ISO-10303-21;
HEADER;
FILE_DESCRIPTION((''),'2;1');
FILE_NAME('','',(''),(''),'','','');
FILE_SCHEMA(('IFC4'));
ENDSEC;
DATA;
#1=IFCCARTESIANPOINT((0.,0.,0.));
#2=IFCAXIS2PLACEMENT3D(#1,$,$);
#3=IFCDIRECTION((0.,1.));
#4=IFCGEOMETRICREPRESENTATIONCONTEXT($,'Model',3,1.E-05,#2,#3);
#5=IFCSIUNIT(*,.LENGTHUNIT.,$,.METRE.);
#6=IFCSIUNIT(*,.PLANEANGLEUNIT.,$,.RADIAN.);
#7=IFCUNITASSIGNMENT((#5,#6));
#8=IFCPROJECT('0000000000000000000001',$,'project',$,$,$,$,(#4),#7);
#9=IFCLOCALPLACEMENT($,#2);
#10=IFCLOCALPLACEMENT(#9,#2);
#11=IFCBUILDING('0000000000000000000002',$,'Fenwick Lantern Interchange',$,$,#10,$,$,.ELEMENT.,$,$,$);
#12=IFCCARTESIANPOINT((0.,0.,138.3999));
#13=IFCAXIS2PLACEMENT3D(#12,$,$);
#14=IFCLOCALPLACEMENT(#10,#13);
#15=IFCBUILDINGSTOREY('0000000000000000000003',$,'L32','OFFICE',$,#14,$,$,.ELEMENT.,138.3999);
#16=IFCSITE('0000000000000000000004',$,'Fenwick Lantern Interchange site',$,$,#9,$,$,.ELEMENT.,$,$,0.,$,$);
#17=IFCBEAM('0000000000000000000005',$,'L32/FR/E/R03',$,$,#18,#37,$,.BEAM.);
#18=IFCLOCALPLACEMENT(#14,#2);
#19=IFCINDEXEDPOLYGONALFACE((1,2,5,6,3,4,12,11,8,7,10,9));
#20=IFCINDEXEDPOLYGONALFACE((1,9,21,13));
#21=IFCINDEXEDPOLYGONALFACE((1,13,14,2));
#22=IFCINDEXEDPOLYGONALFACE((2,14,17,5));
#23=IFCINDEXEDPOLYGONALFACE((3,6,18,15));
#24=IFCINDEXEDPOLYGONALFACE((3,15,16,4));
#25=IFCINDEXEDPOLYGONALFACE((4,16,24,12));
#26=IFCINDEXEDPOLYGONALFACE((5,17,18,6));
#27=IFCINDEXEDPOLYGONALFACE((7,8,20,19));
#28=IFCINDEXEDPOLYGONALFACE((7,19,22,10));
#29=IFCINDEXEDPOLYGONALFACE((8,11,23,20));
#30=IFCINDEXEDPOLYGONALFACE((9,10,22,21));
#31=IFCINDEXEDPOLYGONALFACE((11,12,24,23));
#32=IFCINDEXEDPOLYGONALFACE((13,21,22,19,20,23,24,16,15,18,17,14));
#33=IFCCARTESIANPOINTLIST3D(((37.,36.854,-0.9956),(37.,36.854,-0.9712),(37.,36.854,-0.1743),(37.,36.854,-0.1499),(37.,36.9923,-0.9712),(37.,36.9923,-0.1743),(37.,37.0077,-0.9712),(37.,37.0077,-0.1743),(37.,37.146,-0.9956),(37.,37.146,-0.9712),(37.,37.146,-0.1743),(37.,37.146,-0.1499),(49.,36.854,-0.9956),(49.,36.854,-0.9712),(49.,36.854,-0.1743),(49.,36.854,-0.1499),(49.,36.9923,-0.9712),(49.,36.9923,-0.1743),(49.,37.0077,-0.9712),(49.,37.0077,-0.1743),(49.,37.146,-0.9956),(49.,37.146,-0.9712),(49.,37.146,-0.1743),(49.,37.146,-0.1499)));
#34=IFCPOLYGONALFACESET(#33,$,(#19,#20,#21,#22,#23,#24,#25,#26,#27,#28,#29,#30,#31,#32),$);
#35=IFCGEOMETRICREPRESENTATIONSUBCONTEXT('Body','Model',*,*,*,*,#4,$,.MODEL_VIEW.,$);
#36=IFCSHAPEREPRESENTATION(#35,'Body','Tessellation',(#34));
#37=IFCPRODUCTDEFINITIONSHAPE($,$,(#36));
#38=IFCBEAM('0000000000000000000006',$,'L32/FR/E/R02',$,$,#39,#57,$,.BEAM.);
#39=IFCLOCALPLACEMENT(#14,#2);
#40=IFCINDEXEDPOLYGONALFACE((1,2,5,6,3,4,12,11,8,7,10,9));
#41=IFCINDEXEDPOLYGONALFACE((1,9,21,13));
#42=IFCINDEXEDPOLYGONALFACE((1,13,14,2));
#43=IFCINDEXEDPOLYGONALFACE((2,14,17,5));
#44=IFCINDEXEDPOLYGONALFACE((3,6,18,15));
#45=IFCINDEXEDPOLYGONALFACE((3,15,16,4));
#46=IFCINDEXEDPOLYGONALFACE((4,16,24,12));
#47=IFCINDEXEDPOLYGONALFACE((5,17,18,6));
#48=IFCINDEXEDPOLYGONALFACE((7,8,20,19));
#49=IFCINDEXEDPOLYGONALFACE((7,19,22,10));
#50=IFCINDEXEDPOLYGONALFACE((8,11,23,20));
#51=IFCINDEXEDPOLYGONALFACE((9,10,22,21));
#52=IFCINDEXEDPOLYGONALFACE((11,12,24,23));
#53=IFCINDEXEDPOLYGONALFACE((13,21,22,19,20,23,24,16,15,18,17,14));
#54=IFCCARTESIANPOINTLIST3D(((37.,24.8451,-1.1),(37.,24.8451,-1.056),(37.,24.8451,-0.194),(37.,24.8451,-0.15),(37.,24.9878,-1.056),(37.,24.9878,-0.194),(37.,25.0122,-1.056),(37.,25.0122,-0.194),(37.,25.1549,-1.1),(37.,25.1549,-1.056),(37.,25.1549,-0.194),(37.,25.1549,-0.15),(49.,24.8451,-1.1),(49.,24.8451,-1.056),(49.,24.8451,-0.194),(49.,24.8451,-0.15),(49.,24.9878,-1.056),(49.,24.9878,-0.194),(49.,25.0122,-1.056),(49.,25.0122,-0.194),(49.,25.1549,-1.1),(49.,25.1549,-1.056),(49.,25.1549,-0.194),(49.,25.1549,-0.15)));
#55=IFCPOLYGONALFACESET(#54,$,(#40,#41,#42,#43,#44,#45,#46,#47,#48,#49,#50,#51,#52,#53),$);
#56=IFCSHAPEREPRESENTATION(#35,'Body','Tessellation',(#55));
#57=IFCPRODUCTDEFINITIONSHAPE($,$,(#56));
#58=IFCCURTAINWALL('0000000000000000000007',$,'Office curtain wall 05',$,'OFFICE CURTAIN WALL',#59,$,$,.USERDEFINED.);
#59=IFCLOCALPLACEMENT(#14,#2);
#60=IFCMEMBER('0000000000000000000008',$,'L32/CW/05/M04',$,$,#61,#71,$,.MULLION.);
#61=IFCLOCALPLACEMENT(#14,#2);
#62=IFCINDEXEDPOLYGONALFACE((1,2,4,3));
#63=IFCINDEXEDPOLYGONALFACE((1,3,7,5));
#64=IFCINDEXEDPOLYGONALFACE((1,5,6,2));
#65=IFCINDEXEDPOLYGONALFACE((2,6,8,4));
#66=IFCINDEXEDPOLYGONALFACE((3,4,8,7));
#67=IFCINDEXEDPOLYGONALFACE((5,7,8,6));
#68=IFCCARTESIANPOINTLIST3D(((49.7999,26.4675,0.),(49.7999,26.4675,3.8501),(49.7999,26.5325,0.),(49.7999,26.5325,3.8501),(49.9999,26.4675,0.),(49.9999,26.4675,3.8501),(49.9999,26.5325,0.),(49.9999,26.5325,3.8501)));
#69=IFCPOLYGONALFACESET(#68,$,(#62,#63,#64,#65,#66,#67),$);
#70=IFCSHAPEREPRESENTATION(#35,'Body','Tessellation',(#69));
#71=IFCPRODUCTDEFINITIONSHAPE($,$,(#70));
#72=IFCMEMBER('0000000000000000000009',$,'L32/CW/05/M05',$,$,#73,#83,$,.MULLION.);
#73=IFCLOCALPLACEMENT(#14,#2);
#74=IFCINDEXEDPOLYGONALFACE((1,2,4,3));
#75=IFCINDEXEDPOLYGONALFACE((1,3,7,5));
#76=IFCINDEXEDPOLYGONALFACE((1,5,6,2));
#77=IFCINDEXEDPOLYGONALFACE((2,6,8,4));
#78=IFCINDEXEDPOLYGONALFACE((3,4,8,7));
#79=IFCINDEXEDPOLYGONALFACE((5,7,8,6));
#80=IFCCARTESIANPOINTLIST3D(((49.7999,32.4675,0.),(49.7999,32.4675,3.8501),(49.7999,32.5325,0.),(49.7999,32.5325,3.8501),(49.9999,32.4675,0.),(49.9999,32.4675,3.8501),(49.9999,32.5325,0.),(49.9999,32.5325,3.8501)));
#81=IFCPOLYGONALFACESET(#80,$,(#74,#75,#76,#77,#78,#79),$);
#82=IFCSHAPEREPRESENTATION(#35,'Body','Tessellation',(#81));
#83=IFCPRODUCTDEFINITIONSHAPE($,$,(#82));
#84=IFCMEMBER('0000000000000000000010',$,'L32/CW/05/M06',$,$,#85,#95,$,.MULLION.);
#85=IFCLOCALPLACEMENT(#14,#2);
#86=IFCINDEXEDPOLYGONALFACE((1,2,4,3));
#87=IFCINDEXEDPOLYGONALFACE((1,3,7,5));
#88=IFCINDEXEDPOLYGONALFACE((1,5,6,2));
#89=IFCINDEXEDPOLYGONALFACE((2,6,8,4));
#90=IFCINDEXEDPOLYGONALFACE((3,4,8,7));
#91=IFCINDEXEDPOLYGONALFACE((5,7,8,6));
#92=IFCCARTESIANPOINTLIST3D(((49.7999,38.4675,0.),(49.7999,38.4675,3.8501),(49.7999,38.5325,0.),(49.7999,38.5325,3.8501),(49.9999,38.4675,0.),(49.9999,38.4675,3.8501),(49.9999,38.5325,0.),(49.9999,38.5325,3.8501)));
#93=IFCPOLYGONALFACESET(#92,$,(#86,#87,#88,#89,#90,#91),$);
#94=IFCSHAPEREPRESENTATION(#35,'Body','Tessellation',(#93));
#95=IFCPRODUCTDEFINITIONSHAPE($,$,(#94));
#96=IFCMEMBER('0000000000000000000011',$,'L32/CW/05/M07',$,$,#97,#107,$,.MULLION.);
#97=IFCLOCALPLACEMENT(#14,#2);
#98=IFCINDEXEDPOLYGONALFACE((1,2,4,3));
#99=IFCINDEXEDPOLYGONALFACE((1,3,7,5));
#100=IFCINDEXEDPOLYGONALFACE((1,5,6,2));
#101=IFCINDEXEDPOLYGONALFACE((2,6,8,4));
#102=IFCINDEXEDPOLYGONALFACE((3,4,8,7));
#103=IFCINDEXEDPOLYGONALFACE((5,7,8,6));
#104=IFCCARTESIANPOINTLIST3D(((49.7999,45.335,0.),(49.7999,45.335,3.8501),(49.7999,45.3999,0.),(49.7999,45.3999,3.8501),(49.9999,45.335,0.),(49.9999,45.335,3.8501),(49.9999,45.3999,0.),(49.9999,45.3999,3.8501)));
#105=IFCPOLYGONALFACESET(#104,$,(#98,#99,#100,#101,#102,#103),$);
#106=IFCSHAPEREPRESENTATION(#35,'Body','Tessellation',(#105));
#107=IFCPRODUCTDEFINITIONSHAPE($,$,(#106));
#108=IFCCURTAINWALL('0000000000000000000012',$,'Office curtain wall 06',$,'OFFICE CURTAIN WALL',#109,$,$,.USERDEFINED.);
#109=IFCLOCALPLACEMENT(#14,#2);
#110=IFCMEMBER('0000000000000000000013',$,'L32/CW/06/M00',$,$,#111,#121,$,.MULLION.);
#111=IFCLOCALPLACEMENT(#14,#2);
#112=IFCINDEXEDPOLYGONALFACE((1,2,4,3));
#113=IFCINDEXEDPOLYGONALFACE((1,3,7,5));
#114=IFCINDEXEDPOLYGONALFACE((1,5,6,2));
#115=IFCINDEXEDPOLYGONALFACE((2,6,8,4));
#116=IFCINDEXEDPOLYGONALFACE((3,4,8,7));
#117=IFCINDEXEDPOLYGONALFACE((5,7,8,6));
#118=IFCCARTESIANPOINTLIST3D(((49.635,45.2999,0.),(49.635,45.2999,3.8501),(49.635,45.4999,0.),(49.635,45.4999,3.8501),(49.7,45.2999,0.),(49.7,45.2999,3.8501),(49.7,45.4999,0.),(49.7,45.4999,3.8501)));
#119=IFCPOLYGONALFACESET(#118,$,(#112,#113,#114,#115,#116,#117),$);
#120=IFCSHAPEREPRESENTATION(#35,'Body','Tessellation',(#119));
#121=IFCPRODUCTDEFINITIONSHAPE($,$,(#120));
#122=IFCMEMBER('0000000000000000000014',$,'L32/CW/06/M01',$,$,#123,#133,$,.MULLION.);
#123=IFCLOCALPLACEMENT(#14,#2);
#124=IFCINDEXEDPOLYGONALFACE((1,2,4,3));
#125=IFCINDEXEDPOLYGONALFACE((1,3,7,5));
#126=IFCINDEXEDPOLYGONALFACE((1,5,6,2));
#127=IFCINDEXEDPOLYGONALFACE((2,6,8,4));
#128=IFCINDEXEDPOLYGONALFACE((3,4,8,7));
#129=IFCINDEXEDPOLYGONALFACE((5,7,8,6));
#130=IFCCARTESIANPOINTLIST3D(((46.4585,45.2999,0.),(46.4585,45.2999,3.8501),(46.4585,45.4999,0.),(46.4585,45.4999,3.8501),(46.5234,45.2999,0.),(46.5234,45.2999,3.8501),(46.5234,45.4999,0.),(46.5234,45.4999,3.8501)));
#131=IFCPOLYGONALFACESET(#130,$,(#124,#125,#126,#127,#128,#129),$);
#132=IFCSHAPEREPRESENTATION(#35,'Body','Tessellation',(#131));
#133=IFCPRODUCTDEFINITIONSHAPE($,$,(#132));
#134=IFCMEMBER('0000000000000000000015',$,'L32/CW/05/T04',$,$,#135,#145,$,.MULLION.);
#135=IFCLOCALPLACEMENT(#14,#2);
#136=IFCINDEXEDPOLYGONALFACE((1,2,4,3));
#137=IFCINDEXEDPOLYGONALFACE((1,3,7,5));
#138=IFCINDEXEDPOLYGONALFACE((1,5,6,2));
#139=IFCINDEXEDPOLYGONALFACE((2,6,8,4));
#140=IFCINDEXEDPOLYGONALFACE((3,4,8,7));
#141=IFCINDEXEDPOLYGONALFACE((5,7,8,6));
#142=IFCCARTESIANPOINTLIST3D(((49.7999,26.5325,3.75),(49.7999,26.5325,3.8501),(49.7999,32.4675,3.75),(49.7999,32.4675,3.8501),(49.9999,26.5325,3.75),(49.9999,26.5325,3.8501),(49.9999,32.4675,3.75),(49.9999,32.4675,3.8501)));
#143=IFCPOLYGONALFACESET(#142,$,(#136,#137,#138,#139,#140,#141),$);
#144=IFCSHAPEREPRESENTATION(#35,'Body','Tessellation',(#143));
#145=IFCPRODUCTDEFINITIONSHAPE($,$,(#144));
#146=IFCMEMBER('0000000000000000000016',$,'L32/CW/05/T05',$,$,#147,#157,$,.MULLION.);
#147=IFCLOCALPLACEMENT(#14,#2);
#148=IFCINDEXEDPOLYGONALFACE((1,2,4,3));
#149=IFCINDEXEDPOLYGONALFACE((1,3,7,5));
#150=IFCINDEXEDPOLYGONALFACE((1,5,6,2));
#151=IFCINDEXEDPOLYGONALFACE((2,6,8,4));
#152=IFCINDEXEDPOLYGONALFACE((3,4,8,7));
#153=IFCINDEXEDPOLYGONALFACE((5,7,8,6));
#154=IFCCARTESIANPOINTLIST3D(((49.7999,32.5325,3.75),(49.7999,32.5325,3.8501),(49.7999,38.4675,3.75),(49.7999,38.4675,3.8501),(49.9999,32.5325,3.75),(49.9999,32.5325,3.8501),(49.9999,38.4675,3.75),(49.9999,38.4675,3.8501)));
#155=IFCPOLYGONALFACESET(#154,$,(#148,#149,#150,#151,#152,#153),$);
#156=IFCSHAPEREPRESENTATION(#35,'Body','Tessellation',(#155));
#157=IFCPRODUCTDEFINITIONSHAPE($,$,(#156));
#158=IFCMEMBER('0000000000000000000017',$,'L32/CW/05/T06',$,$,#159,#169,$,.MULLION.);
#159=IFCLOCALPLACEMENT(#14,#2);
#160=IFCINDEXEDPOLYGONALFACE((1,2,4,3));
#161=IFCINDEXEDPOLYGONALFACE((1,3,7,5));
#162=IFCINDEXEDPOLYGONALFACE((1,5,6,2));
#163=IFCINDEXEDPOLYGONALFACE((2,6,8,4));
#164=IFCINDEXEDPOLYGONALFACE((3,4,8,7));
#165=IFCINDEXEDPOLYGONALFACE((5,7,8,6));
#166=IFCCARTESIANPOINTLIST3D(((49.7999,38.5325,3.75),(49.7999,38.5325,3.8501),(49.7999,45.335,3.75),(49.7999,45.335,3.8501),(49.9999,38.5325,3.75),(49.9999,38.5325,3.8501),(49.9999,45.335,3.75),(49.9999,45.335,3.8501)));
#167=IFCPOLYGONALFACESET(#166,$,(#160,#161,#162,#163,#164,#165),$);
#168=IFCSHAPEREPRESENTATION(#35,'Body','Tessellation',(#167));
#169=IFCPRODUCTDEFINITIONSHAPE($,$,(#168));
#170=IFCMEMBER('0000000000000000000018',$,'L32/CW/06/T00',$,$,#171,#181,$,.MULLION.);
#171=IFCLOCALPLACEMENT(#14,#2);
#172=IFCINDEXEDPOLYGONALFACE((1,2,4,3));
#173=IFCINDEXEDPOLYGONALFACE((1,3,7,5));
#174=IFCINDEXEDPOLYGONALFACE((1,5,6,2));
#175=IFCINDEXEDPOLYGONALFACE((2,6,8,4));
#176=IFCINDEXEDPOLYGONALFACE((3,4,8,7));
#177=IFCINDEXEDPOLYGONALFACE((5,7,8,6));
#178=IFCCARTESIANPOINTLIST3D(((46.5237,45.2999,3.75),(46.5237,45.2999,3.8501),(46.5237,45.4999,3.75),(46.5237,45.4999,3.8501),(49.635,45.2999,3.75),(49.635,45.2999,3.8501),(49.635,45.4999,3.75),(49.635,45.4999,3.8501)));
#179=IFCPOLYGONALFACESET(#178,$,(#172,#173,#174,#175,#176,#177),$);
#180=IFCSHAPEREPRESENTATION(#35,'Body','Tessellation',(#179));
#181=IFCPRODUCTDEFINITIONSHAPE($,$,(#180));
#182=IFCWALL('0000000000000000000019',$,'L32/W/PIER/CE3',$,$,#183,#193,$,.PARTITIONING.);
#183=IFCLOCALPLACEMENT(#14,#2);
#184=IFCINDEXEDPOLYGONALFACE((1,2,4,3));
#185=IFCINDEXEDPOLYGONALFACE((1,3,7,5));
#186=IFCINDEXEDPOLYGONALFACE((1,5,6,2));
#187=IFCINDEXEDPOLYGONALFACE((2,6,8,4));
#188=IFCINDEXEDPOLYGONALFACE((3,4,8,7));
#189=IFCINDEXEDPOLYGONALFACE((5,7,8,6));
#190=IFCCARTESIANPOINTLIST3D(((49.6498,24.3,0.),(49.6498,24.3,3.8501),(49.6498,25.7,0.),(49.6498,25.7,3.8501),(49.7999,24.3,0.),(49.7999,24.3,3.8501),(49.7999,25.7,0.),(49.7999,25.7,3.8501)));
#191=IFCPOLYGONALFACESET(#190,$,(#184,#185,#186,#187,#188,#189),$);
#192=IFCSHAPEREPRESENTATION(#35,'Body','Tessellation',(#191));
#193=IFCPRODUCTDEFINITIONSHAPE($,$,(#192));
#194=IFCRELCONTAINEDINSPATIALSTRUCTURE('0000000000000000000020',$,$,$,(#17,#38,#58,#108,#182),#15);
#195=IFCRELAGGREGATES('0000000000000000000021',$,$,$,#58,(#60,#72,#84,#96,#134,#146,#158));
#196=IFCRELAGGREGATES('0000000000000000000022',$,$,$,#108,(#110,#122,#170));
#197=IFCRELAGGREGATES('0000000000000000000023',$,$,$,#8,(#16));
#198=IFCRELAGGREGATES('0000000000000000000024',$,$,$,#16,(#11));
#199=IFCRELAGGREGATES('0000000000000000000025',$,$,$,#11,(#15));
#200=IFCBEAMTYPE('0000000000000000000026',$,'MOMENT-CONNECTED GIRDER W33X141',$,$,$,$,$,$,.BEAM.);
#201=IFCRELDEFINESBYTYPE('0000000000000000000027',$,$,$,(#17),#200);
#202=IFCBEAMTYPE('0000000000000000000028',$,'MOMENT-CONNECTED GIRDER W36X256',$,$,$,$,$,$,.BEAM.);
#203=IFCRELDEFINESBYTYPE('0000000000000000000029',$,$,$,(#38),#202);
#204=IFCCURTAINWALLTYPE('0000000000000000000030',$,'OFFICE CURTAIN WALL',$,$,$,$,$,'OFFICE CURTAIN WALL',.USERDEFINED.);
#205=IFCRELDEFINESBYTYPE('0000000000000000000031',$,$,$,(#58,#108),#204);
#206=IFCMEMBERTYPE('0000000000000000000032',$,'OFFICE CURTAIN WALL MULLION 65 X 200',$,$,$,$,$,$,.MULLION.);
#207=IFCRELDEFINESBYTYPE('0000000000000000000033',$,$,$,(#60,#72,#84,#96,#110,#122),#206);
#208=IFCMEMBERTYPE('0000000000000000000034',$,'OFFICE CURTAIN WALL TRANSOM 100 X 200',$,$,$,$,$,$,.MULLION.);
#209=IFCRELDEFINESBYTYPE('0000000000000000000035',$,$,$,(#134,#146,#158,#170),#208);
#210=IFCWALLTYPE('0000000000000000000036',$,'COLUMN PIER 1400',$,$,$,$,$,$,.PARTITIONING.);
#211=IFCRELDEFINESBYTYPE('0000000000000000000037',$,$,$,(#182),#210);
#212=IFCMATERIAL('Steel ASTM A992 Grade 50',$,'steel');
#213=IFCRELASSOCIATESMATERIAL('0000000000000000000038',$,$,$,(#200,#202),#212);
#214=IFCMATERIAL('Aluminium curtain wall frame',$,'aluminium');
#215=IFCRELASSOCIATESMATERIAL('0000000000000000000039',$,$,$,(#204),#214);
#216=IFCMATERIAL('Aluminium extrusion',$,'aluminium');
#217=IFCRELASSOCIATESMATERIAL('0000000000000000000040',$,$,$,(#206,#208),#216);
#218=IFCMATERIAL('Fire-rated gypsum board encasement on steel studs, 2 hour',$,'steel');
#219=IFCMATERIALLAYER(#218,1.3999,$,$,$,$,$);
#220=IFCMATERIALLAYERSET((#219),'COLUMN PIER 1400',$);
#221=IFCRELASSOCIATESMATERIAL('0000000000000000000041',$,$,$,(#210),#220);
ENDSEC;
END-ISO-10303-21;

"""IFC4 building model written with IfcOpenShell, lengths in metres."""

from ifc_helpers import new_model, si_unit, direction, frame, frame_2d, origin, origin_2d, place, context, subcontext, project, spatial, rectangle, i_section, extrude, material, layer, layer_set, material_profile, profile_set, type_object, element, aggregate, save


model = new_model("IFC4")

# Units and contexts
model_context = context("Model", 3, precision=1e-05, world=origin(), true_north=direction((0.0, 1.0)))
body_context = subcontext(model_context, "Body", "Model", "MODEL_VIEW")
ifc_project = project(units=[si_unit("LENGTHUNIT", "METRE"), si_unit("PLANEANGLEUNIT", "RADIAN")], contexts=[model_context])

# Site, building, storey
site_placement = place(None, origin())
site = spatial("IfcSite", under=ifc_project, at=site_placement, Name="Fenwick Lantern Interchange site", CompositionType="ELEMENT", RefElevation=0.0)
building_placement = place(site_placement, origin())
building = spatial("IfcBuilding", under=site, at=building_placement, Name="Fenwick Lantern Interchange", CompositionType="ELEMENT")
storey_placement = place(building_placement, frame((0.0, 0.0, 138.3999)))
storey = spatial("IfcBuildingStorey", under=building, at=storey_placement, Name="L32", Description="OFFICE", CompositionType="ELEMENT", Elevation=138.3999)

# Shared definitions
ifc_material_1 = material(Name="Steel ASTM A992 Grade 50", Category="steel")

# Beams
ifc_material_profile_1 = material_profile(ifc_material_1, i_section(OverallWidth=0.292, OverallDepth=0.8457, WebThickness=0.0154, FlangeThickness=0.0244, at=origin_2d()), Name="W33X141")
ifc_profile_set_1 = profile_set([ifc_material_profile_1], Name="Steel ASTM A992 Grade 50")
beam_type_1 = type_object("IfcBeamType", Name="MOMENT-CONNECTED GIRDER W33X141", PredefinedType="BEAM", material=ifc_profile_set_1)
beam_1_placement = place(storey_placement, frame((49.0, 37.0, -0.5728), z_axis=(-1.0, 0.0, 0.0), x_axis=(0.0, -1.0, 0.0)))
element("IfcBeam", 1, at=beam_1_placement, inside=storey, type_object=beam_type_1, Name="L32/FR/E/R03", PredefinedType="BEAM", context=body_context, shape_type="SweptSolid", body=[
    extrude(i_section(OverallWidth=0.292, OverallDepth=0.8457, WebThickness=0.0154, FlangeThickness=0.0244, at=origin_2d()), origin(), (0.0, 0.0, 1.0), 12.0),
])
ifc_material_profile_2 = material_profile(ifc_material_1, i_section(OverallWidth=0.3098, OverallDepth=0.95, WebThickness=0.0244, FlangeThickness=0.0439, at=origin_2d()), Name="W36X256")
ifc_profile_set_2 = profile_set([ifc_material_profile_2], Name="Steel ASTM A992 Grade 50")
beam_type_2 = type_object("IfcBeamType", Name="MOMENT-CONNECTED GIRDER W36X256", PredefinedType="BEAM", material=ifc_profile_set_2)
beam_2_placement = place(storey_placement, frame((49.0, 25.0, -0.625), z_axis=(-1.0, 0.0, 0.0), x_axis=(0.0, -1.0, 0.0)))
element("IfcBeam", 2, at=beam_2_placement, inside=storey, type_object=beam_type_2, Name="L32/FR/E/R02", PredefinedType="BEAM", context=body_context, shape_type="SweptSolid", body=[
    extrude(i_section(OverallWidth=0.3098, OverallDepth=0.95, WebThickness=0.0244, FlangeThickness=0.0439, at=origin_2d()), origin(), (0.0, 0.0, 1.0), 12.0),
])

# Curtain walls, members
ifc_material_2 = material(Name="Aluminium curtain wall frame", Category="aluminium")
curtain_wall_type = type_object("IfcCurtainWallType", Name="OFFICE CURTAIN WALL", ElementType="OFFICE CURTAIN WALL", PredefinedType="USERDEFINED", material=ifc_material_2)
curtain_wall_1_placement = place(storey_placement, origin())
curtain_wall_1 = element("IfcCurtainWall", 3, at=curtain_wall_1_placement, inside=storey, type_object=curtain_wall_type, Name="Office curtain wall 05", ObjectType="OFFICE CURTAIN WALL", PredefinedType="USERDEFINED")
ifc_material_3 = material(Name="Aluminium extrusion", Category="aluminium")
ifc_material_profile_3 = material_profile(ifc_material_3, rectangle(XDim=0.2, YDim=0.0649, at=origin_2d()), Name="OFFICE CURTAIN WALL MULLION 65 X 200")
ifc_profile_set_3 = profile_set([ifc_material_profile_3], Name="Aluminium extrusion")
member_type_1 = type_object("IfcMemberType", Name="OFFICE CURTAIN WALL MULLION 65 X 200", PredefinedType="MULLION", material=ifc_profile_set_3)
member_1_placement = place(storey_placement, frame((49.8999, 26.5, 0.0), z_axis=(0.0, 0.0, 1.0), x_axis=(-1.0, 0.0, 0.0)))
member_1 = element("IfcMember", 4, at=member_1_placement, type_object=member_type_1, Name="L32/CW/05/M04", PredefinedType="MULLION", context=body_context, shape_type="SweptSolid", body=[
    extrude(rectangle(XDim=0.2, YDim=0.0649, at=origin_2d()), origin(), (0.0, 0.0, 1.0), 3.8501),
])
member_2_placement = place(storey_placement, frame((49.8999, 32.5, 0.0), z_axis=(0.0, 0.0, 1.0), x_axis=(-1.0, 0.0, 0.0)))
member_2 = element("IfcMember", 5, at=member_2_placement, type_object=member_type_1, Name="L32/CW/05/M05", PredefinedType="MULLION", context=body_context, shape_type="SweptSolid", body=[
    extrude(rectangle(XDim=0.2, YDim=0.0649, at=origin_2d()), origin(), (0.0, 0.0, 1.0), 3.8501),
])
member_3_placement = place(storey_placement, frame((49.8999, 38.5, 0.0), z_axis=(0.0, 0.0, 1.0), x_axis=(-1.0, 0.0, 0.0)))
member_3 = element("IfcMember", 6, at=member_3_placement, type_object=member_type_1, Name="L32/CW/05/M06", PredefinedType="MULLION", context=body_context, shape_type="SweptSolid", body=[
    extrude(rectangle(XDim=0.2, YDim=0.0649, at=origin_2d()), origin(), (0.0, 0.0, 1.0), 3.8501),
])
member_4_placement = place(storey_placement, frame((49.8999, 45.3674, 0.0), z_axis=(0.0, 0.0, 1.0), x_axis=(-1.0, 0.0, 0.0)))
member_4 = element("IfcMember", 7, at=member_4_placement, type_object=member_type_1, Name="L32/CW/05/M07", PredefinedType="MULLION", context=body_context, shape_type="SweptSolid", body=[
    extrude(rectangle(XDim=0.2, YDim=0.0649, at=origin_2d()), origin(), (0.0, 0.0, 1.0), 3.8501),
])
curtain_wall_2_placement = place(storey_placement, origin())
curtain_wall_2 = element("IfcCurtainWall", 8, at=curtain_wall_2_placement, inside=storey, type_object=curtain_wall_type, Name="Office curtain wall 06", ObjectType="OFFICE CURTAIN WALL", PredefinedType="USERDEFINED")
member_5_placement = place(storey_placement, frame((49.6675, 45.3999, 0.0), z_axis=(0.0, 0.0, 1.0), x_axis=(0.0, -1.0, 0.0)))
member_5 = element("IfcMember", 9, at=member_5_placement, type_object=member_type_1, Name="L32/CW/06/M00", PredefinedType="MULLION", context=body_context, shape_type="SweptSolid", body=[
    extrude(rectangle(XDim=0.2, YDim=0.0649, at=origin_2d()), origin(), (0.0, 0.0, 1.0), 3.8501),
])
member_6_placement = place(storey_placement, frame((46.491, 45.3999, 0.0), z_axis=(0.0, 0.0, 1.0), x_axis=(0.0, -1.0, 0.0)))
member_6 = element("IfcMember", 10, at=member_6_placement, type_object=member_type_1, Name="L32/CW/06/M01", PredefinedType="MULLION", context=body_context, shape_type="SweptSolid", body=[
    extrude(rectangle(XDim=0.2, YDim=0.0649, at=origin_2d()), origin(), (0.0, 0.0, 1.0), 3.8501),
])

# Members
ifc_material_profile_4 = material_profile(ifc_material_3, rectangle(XDim=0.2, YDim=0.1001, at=origin_2d()), Name="OFFICE CURTAIN WALL TRANSOM 100 X 200")
ifc_profile_set_4 = profile_set([ifc_material_profile_4], Name="Aluminium extrusion")
member_type_2 = type_object("IfcMemberType", Name="OFFICE CURTAIN WALL TRANSOM 100 X 200", PredefinedType="MULLION", material=ifc_profile_set_4)
member_7_placement = place(storey_placement, frame((49.8999, 26.5325, 3.8), z_axis=(0.0, 1.0, 0.0), x_axis=(-1.0, 0.0, 0.0)))
member_7 = element("IfcMember", 11, at=member_7_placement, type_object=member_type_2, Name="L32/CW/05/T04", PredefinedType="MULLION", context=body_context, shape_type="SweptSolid", body=[
    extrude(rectangle(XDim=0.2, YDim=0.1001, at=origin_2d()), origin(), (0.0, 0.0, 1.0), 5.9351),
])
member_8_placement = place(storey_placement, frame((49.8999, 32.5325, 3.8), z_axis=(0.0, 1.0, 0.0), x_axis=(-1.0, 0.0, 0.0)))
member_8 = element("IfcMember", 12, at=member_8_placement, type_object=member_type_2, Name="L32/CW/05/T05", PredefinedType="MULLION", context=body_context, shape_type="SweptSolid", body=[
    extrude(rectangle(XDim=0.2, YDim=0.1001, at=origin_2d()), origin(), (0.0, 0.0, 1.0), 5.9351),
])
member_9_placement = place(storey_placement, frame((49.8999, 38.5325, 3.8), z_axis=(0.0, 1.0, 0.0), x_axis=(-1.0, 0.0, 0.0)))
member_9 = element("IfcMember", 13, at=member_9_placement, type_object=member_type_2, Name="L32/CW/05/T06", PredefinedType="MULLION", context=body_context, shape_type="SweptSolid", body=[
    extrude(rectangle(XDim=0.2, YDim=0.1001, at=origin_2d()), origin(), (0.0, 0.0, 1.0), 6.8025),
])
aggregate(curtain_wall_1, [member_1, member_2, member_3, member_4, member_7, member_8, member_9])
member_10_placement = place(storey_placement, frame((49.635, 45.3999, 3.8), z_axis=(-1.0, 0.0, 0.0), x_axis=(0.0, -1.0, 0.0)))
member_10 = element("IfcMember", 14, at=member_10_placement, type_object=member_type_2, Name="L32/CW/06/T00", PredefinedType="MULLION", context=body_context, shape_type="SweptSolid", body=[
    extrude(rectangle(XDim=0.2, YDim=0.1001, at=origin_2d()), origin(), (0.0, 0.0, 1.0), 3.1113),
])
aggregate(curtain_wall_2, [member_5, member_6, member_10])

# Wall
ifc_material_4 = material(Name="Fire-rated gypsum board encasement on steel studs, 2 hour", Category="steel")
ifc_layer_1 = layer(ifc_material_4, 1.3999)
ifc_layer_set_1 = layer_set([ifc_layer_1], Name="COLUMN PIER 1400")
wall_type_1 = type_object("IfcWallType", Name="COLUMN PIER 1400", PredefinedType="PARTITIONING", material=ifc_layer_set_1)
wall_1_placement = place(storey_placement, frame((49.8, 25.0, 0.0), z_axis=(0.0, 0.0, 1.0), x_axis=(-1.0, 0.0, 0.0)))
element("IfcWall", 15, at=wall_1_placement, inside=storey, type_object=wall_type_1, Name="L32/W/PIER/CE3", PredefinedType="PARTITIONING", context=body_context, shape_type="SweptSolid", body=[
    extrude(rectangle(XDim=0.1501, YDim=1.3999, at=frame_2d((0.0752, 0.0))), origin(), (0.0, 0.0, 1.0), 3.8501),
])

save(model, "model.ifc")
